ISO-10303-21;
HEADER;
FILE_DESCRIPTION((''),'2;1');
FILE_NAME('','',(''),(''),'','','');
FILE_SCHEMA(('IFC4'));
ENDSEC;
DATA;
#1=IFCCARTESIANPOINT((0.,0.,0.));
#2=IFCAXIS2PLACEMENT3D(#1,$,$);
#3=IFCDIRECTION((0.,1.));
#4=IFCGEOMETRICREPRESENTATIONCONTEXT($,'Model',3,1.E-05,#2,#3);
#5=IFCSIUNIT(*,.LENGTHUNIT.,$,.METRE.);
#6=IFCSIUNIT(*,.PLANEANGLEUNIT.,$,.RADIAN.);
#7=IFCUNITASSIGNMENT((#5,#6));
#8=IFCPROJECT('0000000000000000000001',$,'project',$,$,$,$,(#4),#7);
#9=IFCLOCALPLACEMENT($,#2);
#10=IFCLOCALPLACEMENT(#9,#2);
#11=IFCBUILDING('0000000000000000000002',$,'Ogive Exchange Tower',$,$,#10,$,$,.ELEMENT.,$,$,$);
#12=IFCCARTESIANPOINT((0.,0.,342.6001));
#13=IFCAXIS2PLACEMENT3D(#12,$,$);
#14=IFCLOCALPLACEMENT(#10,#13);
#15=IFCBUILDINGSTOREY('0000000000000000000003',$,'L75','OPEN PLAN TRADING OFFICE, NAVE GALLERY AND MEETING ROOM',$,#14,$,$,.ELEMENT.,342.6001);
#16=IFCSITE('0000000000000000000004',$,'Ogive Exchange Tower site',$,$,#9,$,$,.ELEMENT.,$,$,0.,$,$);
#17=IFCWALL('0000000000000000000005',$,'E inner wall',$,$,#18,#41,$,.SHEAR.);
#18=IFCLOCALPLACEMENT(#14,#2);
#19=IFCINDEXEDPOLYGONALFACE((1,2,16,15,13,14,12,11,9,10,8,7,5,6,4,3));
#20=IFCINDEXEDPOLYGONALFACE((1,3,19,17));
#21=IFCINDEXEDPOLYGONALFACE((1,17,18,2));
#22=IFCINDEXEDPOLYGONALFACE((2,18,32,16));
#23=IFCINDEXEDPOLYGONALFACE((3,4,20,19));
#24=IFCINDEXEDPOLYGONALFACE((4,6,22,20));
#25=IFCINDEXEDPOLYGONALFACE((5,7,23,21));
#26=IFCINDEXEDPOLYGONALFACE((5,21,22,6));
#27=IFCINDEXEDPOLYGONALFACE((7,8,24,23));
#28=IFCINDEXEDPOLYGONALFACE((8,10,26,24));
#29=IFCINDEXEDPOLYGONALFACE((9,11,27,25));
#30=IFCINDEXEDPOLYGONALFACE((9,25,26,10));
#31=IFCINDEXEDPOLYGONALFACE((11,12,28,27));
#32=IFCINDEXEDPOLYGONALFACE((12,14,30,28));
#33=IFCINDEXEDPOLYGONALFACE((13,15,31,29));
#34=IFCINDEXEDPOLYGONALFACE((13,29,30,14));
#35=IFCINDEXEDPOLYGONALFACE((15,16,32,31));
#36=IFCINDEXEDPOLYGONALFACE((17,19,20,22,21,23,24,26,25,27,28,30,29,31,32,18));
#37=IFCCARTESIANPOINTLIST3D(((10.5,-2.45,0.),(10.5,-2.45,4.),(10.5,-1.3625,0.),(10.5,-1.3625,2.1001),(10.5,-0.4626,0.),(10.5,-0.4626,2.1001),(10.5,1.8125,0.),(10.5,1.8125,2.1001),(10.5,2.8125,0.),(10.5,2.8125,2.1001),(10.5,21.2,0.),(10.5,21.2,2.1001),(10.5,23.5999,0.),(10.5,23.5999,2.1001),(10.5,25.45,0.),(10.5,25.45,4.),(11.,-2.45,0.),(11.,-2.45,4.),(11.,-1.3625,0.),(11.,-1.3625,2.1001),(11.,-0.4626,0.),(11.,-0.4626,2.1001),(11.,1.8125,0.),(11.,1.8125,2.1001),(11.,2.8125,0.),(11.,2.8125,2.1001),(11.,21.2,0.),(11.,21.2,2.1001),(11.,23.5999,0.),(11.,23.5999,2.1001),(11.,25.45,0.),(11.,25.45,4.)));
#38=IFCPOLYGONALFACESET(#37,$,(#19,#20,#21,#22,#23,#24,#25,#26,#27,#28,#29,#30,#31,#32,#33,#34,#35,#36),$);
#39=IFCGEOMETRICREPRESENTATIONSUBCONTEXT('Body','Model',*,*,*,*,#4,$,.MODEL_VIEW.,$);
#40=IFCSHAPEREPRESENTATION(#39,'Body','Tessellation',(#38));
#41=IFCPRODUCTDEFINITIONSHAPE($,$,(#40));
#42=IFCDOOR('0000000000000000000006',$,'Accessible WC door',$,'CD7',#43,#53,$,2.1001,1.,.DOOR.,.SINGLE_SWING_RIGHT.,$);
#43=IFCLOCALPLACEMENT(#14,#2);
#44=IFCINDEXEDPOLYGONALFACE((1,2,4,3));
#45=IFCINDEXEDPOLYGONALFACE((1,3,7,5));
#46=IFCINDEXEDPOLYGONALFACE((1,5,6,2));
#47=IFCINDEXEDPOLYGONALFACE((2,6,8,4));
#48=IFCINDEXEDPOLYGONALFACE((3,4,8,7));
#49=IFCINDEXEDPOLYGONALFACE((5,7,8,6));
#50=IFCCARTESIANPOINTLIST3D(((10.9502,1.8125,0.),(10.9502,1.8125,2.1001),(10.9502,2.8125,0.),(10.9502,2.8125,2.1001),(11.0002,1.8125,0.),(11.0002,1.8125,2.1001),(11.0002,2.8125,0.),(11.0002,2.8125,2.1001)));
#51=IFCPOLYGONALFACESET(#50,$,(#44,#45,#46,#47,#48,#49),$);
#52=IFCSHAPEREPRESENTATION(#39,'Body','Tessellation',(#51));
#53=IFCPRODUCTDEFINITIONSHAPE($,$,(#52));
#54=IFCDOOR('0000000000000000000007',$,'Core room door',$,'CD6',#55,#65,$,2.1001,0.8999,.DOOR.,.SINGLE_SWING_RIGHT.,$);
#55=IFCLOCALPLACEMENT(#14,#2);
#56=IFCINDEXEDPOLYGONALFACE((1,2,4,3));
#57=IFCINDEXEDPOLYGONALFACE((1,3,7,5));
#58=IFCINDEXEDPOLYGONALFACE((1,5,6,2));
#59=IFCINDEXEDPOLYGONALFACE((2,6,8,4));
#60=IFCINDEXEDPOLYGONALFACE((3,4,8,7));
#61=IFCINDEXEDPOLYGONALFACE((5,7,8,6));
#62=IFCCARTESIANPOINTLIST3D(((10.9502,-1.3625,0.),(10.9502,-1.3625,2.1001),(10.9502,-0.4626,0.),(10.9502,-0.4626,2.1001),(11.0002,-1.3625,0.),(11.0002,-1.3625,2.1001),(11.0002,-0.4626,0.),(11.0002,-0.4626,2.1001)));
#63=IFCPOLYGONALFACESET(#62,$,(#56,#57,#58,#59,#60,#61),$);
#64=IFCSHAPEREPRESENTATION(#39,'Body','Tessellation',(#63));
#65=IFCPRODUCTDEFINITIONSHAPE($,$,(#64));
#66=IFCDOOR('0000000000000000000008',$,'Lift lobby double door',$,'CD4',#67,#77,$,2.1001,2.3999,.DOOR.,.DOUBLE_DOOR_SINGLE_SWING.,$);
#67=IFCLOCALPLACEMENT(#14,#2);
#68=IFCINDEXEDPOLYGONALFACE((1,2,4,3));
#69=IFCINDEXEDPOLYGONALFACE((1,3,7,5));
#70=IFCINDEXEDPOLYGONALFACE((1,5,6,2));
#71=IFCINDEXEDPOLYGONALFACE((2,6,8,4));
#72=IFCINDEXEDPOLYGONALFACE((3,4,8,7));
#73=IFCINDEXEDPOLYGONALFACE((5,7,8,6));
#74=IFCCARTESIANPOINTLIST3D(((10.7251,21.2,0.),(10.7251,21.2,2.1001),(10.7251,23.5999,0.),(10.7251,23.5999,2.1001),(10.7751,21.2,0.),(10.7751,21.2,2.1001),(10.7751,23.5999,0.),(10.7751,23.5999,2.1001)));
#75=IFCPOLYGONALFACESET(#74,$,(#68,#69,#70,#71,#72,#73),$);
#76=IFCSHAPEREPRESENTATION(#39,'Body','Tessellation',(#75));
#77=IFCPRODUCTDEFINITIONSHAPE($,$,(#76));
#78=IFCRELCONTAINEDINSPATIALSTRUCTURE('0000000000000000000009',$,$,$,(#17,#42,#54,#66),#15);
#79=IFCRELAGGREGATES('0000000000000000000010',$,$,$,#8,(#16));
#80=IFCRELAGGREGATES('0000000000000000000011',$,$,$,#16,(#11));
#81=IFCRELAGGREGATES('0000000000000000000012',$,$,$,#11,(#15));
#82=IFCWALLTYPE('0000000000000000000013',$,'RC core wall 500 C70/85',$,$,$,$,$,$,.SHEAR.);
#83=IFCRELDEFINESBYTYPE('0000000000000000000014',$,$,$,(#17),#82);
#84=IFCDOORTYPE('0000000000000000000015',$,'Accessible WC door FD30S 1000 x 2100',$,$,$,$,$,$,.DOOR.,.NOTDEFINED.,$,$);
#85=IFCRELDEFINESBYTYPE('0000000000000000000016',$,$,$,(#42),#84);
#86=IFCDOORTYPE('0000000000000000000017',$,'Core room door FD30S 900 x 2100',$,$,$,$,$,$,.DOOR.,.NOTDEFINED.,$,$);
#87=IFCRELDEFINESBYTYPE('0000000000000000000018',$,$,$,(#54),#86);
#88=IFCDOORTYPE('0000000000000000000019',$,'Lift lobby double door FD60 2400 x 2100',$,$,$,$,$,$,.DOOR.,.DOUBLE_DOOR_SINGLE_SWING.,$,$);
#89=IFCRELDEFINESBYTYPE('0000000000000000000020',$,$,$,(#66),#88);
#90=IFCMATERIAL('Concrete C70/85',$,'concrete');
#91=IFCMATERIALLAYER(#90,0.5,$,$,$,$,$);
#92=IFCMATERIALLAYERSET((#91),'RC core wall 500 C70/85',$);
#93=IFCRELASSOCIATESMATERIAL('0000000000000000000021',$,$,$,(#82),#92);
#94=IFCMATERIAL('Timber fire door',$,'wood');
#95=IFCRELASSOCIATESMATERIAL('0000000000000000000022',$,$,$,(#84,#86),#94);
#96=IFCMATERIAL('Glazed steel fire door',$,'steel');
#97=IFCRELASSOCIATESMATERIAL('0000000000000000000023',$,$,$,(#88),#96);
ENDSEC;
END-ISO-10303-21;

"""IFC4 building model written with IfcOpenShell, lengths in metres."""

from ifc_helpers import new_model, si_unit, direction, frame, frame_2d, origin, place, context, subcontext, project, spatial, rectangle, extrude, material, layer, layer_set, type_object, element, fill, save


model = new_model("IFC4")

# Units and contexts
model_context = context("Model", 3, precision=1e-05, world=origin(), true_north=direction((0.0, 1.0)))
body_context = subcontext(model_context, "Body", "Model", "MODEL_VIEW")
ifc_project = project(units=[si_unit("LENGTHUNIT", "METRE"), si_unit("PLANEANGLEUNIT", "RADIAN")], contexts=[model_context])

# Site, building, storey
site_placement = place(None, origin())
site = spatial("IfcSite", under=ifc_project, at=site_placement, Name="Ogive Exchange Tower site", CompositionType="ELEMENT", RefElevation=0.0)
building_placement = place(site_placement, origin())
building = spatial("IfcBuilding", under=site, at=building_placement, Name="Ogive Exchange Tower", CompositionType="ELEMENT")
storey_placement = place(building_placement, frame((0.0, 0.0, 342.6001)))
storey = spatial("IfcBuildingStorey", under=building, at=storey_placement, Name="L75", Description="OPEN PLAN TRADING OFFICE, NAVE GALLERY AND MEETING ROOM", CompositionType="ELEMENT", Elevation=342.6001)

# Shared definitions
ifc_material_1 = material(Name="Concrete C70/85", Category="concrete")

# Wall, openings, doors
ifc_layer_1 = layer(ifc_material_1, 0.5)
ifc_layer_set_1 = layer_set([ifc_layer_1], Name="RC core wall 500 C70/85")
wall_type_1 = type_object("IfcWallType", Name="RC core wall 500 C70/85", PredefinedType="SHEAR", material=ifc_layer_set_1)
wall_1_placement = place(storey_placement, frame((10.75, -2.45, 0.0), z_axis=(0.0, 0.0, 1.0), x_axis=(0.0, 1.0, 0.0)))
wall_1 = element("IfcWall", 1, at=wall_1_placement, inside=storey, type_object=wall_type_1, Name="E inner wall", PredefinedType="SHEAR", context=body_context, shape_type="SweptSolid", body=[
    extrude(rectangle(XDim=27.8999, YDim=0.5, at=frame_2d((13.95, 0.0))), origin(), (0.0, 0.0, 1.0), 4.0),
])
opening_1_placement = place(wall_1_placement, frame((23.6499, 0.0, 0.0)))
opening_1 = element("IfcOpeningElement", 2, at=opening_1_placement, cuts=wall_1, PredefinedType="OPENING", context=body_context, shape_type="SweptSolid", body=[
    extrude(rectangle(XDim=2.3999, YDim=2.1001, at=frame_2d((1.2, 1.05))), frame((0.0, 0.26, 0.0), z_axis=(0.0, -1.0, 0.0), x_axis=(1.0, 0.0, 0.0)), (0.0, 0.0, 1.0), 0.52),
])
opening_2_placement = place(wall_1_placement, frame((1.0874, 0.0, 0.0)))
opening_2 = element("IfcOpeningElement", 3, at=opening_2_placement, cuts=wall_1, PredefinedType="OPENING", context=body_context, shape_type="SweptSolid", body=[
    extrude(rectangle(XDim=0.8999, YDim=2.1001, at=frame_2d((0.45, 1.05))), frame((0.0, 0.26, 0.0), z_axis=(0.0, -1.0, 0.0), x_axis=(1.0, 0.0, 0.0)), (0.0, 0.0, 1.0), 0.52),
])
opening_3_placement = place(wall_1_placement, frame((4.2625, 0.0, 0.0)))
opening_3 = element("IfcOpeningElement", 4, at=opening_3_placement, cuts=wall_1, PredefinedType="OPENING", context=body_context, shape_type="SweptSolid", body=[
    extrude(rectangle(XDim=1.0, YDim=2.1001, at=frame_2d((0.5, 1.05))), frame((0.0, 0.26, 0.0), z_axis=(0.0, -1.0, 0.0), x_axis=(1.0, 0.0, 0.0)), (0.0, 0.0, 1.0), 0.52),
])
ifc_material_2 = material(Name="Timber fire door", Category="wood")
door_type_1 = type_object("IfcDoorType", Name="Accessible WC door FD30S 1000 x 2100", OperationType="NOTDEFINED", PredefinedType="DOOR", material=ifc_material_2)
door_1_placement = place(opening_3_placement, origin())
door_1 = element("IfcDoor", 5, at=door_1_placement, inside=storey, type_object=door_type_1, Name="Accessible WC door", ObjectType="CD7", OperationType="SINGLE_SWING_RIGHT", OverallHeight=2.1001, OverallWidth=1.0, PredefinedType="DOOR", context=body_context, shape_type="SweptSolid", body=[
    extrude(rectangle(XDim=1.0, YDim=2.1001, at=frame_2d((0.5, 1.05))), frame((0.0, -0.2002, 0.0), z_axis=(0.0, -1.0, 0.0), x_axis=(1.0, 0.0, 0.0)), (0.0, 0.0, 1.0), 0.05),
])
fill(opening_3, door_1)
door_type_2 = type_object("IfcDoorType", Name="Core room door FD30S 900 x 2100", OperationType="NOTDEFINED", PredefinedType="DOOR", material=ifc_material_2)
door_2_placement = place(opening_2_placement, origin())
door_2 = element("IfcDoor", 6, at=door_2_placement, inside=storey, type_object=door_type_2, Name="Core room door", ObjectType="CD6", OperationType="SINGLE_SWING_RIGHT", OverallHeight=2.1001, OverallWidth=0.8999, PredefinedType="DOOR", context=body_context, shape_type="SweptSolid", body=[
    extrude(rectangle(XDim=0.8999, YDim=2.1001, at=frame_2d((0.45, 1.05))), frame((0.0, -0.2002, 0.0), z_axis=(0.0, -1.0, 0.0), x_axis=(1.0, 0.0, 0.0)), (0.0, 0.0, 1.0), 0.05),
])
fill(opening_2, door_2)
ifc_material_3 = material(Name="Glazed steel fire door", Category="steel")
door_type_3 = type_object("IfcDoorType", Name="Lift lobby double door FD60 2400 x 2100", OperationType="DOUBLE_DOOR_SINGLE_SWING", PredefinedType="DOOR", material=ifc_material_3)
door_3_placement = place(opening_1_placement, origin())
door_3 = element("IfcDoor", 7, at=door_3_placement, inside=storey, type_object=door_type_3, Name="Lift lobby double door", ObjectType="CD4", OperationType="DOUBLE_DOOR_SINGLE_SWING", OverallHeight=2.1001, OverallWidth=2.3999, PredefinedType="DOOR", context=body_context, shape_type="SweptSolid", body=[
    extrude(rectangle(XDim=2.3999, YDim=2.1001, at=frame_2d((1.2, 1.05))), frame((0.0, 0.0249, 0.0), z_axis=(0.0, -1.0, 0.0), x_axis=(1.0, 0.0, 0.0)), (0.0, 0.0, 1.0), 0.05),
])
fill(opening_1, door_3)

save(model, "model.ifc")
